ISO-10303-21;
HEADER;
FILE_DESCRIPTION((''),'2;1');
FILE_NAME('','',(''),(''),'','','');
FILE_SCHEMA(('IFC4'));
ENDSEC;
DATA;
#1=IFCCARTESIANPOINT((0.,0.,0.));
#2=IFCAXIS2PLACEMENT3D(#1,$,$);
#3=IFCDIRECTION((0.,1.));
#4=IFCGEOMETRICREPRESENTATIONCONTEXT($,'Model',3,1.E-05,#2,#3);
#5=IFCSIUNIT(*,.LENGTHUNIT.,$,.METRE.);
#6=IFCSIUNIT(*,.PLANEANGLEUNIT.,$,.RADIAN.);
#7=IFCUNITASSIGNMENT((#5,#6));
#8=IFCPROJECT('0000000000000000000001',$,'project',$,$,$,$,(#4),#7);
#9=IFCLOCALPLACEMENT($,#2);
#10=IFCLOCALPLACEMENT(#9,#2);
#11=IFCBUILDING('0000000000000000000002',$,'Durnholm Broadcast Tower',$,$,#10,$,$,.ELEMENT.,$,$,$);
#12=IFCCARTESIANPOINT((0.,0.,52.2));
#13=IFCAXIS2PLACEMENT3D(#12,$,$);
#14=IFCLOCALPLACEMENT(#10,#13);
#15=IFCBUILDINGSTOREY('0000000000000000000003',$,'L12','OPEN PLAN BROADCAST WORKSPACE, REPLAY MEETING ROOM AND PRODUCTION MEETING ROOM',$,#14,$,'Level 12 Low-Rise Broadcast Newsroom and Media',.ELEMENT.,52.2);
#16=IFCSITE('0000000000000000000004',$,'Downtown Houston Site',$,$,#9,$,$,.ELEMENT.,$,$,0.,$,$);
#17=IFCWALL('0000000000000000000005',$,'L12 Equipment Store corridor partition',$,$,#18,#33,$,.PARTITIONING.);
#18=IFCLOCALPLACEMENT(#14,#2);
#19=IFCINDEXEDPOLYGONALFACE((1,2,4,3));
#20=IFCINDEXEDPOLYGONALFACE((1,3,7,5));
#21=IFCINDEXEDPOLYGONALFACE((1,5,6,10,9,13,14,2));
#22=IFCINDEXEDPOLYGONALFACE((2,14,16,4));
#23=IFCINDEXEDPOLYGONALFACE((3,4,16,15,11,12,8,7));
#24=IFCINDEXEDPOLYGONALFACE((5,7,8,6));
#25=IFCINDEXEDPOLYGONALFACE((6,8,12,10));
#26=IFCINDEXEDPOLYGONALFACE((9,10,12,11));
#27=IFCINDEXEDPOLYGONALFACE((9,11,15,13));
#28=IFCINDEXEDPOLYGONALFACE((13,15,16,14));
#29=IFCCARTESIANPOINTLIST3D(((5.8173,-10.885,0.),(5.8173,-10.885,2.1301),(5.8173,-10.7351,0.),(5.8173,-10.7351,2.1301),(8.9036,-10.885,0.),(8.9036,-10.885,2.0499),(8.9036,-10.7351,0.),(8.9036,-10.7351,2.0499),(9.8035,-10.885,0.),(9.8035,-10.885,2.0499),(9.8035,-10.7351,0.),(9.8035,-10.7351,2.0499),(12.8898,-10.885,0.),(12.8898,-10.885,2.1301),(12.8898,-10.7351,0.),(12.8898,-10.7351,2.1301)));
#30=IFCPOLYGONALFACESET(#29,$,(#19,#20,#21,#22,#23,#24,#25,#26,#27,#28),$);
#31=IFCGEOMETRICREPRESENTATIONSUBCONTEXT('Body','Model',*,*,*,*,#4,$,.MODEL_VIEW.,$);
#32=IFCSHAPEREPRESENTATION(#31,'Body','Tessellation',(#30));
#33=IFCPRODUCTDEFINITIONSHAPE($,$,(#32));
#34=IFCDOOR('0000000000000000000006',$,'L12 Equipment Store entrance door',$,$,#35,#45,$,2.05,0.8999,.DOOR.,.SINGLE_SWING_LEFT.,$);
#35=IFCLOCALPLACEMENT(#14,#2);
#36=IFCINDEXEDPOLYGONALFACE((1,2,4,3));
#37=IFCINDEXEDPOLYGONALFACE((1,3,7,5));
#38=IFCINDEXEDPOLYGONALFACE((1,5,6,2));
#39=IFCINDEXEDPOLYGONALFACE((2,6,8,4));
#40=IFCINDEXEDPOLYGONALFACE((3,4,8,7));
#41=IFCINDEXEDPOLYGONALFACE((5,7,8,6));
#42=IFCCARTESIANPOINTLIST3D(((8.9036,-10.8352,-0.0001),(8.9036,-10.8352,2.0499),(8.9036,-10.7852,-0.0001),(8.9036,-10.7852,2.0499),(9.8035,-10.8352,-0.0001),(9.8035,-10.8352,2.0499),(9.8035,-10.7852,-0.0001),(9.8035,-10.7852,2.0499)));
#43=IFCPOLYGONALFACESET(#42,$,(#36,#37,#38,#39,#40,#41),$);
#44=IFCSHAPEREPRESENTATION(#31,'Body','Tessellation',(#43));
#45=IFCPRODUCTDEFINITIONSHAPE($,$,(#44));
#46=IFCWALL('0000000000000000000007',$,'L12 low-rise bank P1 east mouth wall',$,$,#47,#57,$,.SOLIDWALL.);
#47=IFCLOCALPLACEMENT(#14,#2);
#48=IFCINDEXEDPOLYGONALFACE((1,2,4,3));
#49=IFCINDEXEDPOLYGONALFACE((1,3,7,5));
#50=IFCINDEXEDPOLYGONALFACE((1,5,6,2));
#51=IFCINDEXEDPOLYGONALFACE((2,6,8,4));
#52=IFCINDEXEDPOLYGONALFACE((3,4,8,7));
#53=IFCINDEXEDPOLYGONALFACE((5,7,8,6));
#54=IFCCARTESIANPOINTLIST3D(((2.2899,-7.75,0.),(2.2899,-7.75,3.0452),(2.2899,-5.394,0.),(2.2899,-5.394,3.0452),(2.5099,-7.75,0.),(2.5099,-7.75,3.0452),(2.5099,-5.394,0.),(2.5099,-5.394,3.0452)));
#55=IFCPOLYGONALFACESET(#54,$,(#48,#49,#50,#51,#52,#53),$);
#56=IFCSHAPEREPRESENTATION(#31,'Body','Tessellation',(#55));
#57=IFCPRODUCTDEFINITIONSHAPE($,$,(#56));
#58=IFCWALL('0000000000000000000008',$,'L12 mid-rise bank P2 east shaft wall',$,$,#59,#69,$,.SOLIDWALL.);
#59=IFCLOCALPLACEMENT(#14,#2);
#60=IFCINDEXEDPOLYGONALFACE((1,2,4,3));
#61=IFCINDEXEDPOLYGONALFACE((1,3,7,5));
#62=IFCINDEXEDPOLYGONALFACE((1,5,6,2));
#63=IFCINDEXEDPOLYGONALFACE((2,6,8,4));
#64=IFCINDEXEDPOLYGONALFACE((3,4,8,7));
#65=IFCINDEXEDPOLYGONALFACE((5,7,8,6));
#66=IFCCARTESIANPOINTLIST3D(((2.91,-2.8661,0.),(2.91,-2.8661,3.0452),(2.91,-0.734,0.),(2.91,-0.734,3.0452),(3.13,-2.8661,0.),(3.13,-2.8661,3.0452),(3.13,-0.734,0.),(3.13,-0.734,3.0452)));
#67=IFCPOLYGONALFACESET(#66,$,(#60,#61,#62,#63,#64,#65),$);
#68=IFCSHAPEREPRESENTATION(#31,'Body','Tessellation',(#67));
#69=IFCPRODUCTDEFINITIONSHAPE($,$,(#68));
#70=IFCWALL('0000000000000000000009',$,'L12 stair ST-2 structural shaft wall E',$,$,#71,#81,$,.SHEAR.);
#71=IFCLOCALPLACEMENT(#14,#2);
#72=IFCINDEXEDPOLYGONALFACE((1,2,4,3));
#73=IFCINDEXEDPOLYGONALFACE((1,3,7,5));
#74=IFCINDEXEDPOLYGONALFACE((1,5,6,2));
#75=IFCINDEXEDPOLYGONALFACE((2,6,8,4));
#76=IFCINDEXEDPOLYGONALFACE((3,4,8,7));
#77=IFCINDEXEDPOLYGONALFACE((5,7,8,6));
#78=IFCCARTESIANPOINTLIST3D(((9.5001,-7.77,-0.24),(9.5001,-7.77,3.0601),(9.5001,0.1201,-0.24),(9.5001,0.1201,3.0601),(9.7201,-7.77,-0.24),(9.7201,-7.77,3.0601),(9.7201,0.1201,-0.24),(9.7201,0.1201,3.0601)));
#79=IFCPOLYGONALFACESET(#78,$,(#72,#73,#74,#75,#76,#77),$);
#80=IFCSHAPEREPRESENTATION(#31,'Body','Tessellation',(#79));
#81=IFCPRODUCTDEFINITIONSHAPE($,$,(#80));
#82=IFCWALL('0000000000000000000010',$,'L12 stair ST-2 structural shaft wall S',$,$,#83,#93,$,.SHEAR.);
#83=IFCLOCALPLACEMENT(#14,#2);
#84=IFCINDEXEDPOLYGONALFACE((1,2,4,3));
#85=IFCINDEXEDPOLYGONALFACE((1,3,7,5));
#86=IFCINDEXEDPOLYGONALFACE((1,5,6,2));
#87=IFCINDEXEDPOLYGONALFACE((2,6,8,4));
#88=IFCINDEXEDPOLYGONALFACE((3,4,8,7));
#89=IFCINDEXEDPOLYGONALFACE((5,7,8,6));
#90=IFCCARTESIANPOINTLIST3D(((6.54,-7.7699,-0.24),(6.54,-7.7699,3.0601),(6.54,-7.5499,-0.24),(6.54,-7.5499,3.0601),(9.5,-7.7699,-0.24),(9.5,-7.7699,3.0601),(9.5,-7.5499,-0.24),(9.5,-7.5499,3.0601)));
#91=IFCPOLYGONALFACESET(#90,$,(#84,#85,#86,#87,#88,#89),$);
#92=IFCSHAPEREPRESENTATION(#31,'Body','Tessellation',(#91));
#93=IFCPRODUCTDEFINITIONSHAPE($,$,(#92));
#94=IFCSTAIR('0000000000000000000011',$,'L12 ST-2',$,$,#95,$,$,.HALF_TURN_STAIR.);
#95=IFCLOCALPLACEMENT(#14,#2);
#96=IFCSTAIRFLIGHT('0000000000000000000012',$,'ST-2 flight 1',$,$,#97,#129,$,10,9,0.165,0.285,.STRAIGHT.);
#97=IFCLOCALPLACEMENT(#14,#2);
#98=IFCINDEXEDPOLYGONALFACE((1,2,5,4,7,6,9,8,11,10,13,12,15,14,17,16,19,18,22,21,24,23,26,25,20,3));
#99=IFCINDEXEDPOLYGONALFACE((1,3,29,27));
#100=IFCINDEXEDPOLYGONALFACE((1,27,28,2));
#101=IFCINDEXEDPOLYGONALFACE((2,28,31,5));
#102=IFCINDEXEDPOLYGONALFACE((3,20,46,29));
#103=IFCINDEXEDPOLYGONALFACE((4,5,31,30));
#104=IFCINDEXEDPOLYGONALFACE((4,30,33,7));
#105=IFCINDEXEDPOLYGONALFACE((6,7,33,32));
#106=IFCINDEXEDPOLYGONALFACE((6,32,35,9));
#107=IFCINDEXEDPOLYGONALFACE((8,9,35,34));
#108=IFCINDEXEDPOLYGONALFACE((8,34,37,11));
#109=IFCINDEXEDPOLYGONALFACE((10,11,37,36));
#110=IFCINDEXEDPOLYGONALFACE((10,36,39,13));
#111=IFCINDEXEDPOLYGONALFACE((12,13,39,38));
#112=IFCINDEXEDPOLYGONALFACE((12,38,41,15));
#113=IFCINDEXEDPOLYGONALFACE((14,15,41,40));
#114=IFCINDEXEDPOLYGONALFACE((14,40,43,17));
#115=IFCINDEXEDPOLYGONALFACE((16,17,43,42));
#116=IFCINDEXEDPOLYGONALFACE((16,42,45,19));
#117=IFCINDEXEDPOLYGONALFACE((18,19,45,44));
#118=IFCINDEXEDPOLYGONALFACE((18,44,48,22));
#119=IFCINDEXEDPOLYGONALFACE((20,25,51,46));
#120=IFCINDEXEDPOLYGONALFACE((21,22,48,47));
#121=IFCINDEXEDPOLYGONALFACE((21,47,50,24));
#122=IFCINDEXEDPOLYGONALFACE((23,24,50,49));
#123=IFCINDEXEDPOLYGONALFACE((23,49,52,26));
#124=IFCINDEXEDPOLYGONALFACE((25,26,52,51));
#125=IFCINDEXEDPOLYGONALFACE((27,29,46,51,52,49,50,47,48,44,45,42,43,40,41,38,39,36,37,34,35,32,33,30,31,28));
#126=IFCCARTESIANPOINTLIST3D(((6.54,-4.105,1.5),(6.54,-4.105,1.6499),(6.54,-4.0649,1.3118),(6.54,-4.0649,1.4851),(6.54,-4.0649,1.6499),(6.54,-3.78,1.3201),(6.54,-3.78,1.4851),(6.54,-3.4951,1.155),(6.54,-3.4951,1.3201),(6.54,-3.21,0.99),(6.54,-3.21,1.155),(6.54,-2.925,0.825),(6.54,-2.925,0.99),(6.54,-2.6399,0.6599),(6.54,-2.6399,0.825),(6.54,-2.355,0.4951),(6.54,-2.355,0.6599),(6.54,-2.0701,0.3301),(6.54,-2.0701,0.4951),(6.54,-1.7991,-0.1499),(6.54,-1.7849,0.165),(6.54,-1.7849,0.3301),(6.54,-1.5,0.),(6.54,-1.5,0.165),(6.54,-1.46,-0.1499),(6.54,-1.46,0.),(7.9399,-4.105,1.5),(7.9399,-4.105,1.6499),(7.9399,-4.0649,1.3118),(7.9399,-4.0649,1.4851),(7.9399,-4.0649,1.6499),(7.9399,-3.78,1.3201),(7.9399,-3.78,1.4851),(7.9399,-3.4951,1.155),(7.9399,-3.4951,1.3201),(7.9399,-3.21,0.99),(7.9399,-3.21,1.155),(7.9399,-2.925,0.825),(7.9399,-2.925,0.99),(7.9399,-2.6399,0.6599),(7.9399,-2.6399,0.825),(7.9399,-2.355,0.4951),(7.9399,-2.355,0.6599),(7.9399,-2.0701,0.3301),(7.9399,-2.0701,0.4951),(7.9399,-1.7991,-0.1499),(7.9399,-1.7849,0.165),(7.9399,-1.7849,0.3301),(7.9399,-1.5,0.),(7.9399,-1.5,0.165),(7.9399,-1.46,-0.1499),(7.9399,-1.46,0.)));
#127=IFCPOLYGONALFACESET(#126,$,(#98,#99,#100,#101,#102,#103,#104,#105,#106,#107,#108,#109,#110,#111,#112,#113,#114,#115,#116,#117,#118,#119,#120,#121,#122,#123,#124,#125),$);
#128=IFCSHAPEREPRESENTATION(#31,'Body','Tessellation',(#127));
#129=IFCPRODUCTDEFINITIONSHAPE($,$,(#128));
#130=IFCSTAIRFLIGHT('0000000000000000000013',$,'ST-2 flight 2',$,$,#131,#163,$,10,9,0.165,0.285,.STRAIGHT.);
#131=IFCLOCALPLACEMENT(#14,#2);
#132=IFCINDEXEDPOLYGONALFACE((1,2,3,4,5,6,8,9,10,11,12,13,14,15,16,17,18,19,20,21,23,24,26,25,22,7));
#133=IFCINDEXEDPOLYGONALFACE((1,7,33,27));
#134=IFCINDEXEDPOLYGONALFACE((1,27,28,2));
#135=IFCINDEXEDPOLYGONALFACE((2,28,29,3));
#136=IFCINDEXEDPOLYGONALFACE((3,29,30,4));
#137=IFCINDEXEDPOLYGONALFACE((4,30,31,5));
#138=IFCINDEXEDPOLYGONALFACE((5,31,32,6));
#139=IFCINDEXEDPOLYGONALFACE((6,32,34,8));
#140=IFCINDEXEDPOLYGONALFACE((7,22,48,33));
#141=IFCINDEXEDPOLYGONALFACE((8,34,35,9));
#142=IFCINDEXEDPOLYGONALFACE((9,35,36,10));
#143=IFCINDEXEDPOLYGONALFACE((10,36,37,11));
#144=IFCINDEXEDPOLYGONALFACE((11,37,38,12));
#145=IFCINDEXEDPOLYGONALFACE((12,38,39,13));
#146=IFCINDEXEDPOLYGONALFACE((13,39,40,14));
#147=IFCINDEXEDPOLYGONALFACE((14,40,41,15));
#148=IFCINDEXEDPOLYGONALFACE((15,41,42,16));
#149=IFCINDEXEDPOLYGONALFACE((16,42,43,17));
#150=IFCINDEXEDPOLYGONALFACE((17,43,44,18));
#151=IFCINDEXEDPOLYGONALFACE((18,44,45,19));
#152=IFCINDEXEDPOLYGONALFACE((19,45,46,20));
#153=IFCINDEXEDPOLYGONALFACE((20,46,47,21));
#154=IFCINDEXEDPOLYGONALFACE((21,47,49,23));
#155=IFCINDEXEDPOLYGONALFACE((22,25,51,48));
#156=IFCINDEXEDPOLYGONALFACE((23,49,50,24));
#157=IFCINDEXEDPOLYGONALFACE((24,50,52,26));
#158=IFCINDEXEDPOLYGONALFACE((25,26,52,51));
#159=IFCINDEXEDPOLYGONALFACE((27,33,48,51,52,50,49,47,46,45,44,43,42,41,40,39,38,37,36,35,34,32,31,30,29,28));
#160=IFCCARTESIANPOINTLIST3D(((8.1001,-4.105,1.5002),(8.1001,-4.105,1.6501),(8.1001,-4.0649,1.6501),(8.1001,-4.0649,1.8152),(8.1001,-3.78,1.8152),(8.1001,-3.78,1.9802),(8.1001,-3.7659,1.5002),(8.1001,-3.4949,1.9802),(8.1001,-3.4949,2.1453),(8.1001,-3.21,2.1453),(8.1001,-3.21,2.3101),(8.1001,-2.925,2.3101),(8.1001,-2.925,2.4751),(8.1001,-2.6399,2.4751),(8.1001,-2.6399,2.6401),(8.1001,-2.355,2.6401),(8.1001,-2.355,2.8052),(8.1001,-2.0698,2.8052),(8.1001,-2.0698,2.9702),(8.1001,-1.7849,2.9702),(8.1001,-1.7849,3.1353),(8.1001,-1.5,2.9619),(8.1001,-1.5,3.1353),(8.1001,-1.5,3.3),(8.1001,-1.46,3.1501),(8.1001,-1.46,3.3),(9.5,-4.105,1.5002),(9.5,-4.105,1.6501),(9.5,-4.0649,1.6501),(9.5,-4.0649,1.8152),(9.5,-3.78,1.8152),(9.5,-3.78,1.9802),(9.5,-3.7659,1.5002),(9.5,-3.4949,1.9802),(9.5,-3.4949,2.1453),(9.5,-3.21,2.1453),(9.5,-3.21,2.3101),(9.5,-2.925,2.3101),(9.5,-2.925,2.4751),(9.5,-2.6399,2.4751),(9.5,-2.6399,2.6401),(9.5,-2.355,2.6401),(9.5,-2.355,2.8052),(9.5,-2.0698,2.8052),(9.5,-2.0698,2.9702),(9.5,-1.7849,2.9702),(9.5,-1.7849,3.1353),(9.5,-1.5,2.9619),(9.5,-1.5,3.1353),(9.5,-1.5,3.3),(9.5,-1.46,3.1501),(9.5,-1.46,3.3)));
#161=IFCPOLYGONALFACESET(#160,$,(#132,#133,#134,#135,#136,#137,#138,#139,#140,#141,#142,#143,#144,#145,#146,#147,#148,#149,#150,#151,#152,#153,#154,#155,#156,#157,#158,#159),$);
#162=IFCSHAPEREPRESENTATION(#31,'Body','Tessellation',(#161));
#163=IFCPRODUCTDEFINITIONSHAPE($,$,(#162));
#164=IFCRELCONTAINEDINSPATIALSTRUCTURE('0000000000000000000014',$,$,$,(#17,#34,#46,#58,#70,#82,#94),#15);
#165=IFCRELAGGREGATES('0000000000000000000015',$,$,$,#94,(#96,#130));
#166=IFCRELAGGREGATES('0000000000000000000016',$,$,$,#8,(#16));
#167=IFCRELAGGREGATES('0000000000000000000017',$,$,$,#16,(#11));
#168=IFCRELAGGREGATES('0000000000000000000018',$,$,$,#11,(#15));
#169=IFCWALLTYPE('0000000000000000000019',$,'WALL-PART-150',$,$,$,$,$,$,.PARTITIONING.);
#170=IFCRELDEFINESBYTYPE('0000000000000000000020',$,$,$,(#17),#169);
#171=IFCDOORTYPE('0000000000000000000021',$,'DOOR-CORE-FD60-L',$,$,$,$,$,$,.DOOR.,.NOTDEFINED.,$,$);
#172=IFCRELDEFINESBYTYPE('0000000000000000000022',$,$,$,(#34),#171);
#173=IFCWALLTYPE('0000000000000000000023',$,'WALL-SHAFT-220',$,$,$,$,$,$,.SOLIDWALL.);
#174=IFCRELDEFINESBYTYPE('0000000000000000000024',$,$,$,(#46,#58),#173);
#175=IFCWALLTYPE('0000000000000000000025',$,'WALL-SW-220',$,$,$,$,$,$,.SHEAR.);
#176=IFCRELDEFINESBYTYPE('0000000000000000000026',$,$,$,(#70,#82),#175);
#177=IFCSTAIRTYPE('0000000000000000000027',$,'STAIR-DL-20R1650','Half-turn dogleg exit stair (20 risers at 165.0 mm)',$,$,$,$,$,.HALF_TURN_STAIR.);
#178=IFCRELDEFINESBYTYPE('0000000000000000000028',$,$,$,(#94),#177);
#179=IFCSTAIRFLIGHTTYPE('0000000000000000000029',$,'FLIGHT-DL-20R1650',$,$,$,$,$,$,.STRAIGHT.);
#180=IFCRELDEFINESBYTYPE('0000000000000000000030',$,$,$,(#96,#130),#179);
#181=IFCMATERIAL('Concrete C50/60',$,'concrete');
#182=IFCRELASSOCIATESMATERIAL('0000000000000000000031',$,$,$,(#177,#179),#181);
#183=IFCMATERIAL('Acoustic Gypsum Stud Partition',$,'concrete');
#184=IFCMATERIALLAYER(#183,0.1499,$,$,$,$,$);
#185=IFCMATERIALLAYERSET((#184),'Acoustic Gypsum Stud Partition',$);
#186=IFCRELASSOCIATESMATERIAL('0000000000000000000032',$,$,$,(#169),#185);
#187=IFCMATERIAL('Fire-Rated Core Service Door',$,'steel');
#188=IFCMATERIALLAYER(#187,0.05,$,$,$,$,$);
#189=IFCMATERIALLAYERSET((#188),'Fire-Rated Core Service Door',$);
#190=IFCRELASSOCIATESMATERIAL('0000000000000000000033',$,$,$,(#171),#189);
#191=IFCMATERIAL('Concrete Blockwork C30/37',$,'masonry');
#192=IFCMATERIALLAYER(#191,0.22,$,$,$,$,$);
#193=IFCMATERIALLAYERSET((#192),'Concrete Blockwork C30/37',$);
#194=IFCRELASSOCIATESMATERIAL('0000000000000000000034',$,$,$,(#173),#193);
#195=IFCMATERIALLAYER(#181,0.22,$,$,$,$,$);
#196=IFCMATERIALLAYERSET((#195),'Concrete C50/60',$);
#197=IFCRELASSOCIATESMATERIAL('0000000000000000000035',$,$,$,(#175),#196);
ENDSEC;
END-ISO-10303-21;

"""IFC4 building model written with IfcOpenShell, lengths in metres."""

from ifc_helpers import new_model, si_unit, direction, frame, frame_2d, origin, place, context, subcontext, project, spatial, polyline, rectangle, outline, extrude, source, transform, mapped, material, layer, layer_set, type_object, type_shapes, element, fill, aggregate, save


model = new_model("IFC4")

# Units and contexts
model_context = context("Model", 3, precision=1e-05, world=origin(), true_north=direction((0.0, 1.0)))
body_context = subcontext(model_context, "Body", "Model", "MODEL_VIEW")
ifc_project = project(units=[si_unit("LENGTHUNIT", "METRE"), si_unit("PLANEANGLEUNIT", "RADIAN")], contexts=[model_context])

# Site, building, storey
site_placement = place(None, origin())
site = spatial("IfcSite", under=ifc_project, at=site_placement, Name="Downtown Houston Site", CompositionType="ELEMENT", RefElevation=0.0)
building_placement = place(site_placement, origin())
building = spatial("IfcBuilding", under=site, at=building_placement, Name="Durnholm Broadcast Tower", CompositionType="ELEMENT")
storey_placement = place(building_placement, frame((0.0, 0.0, 52.2)))
storey = spatial("IfcBuildingStorey", under=building, at=storey_placement, Name="L12", Description="OPEN PLAN BROADCAST WORKSPACE, REPLAY MEETING ROOM AND PRODUCTION MEETING ROOM", LongName="Level 12 Low-Rise Broadcast Newsroom and Media", CompositionType="ELEMENT", Elevation=52.2)

# Shared definitions
ifc_material_1 = material(Name="Concrete C50/60", Category="concrete")
stair_type = type_object("IfcStairType", Name="STAIR-DL-20R1650", Description="Half-turn dogleg exit stair (20 risers at 165.0 mm)", PredefinedType="HALF_TURN_STAIR", material=ifc_material_1)

# Wall, opening, door
ifc_material_2 = material(Name="Acoustic Gypsum Stud Partition", Category="concrete")
ifc_layer_1 = layer(ifc_material_2, 0.1499)
ifc_layer_set_1 = layer_set([ifc_layer_1], Name="Acoustic Gypsum Stud Partition")
wall_type_1 = type_object("IfcWallType", Name="WALL-PART-150", PredefinedType="PARTITIONING", material=ifc_layer_set_1)
wall_1_placement = place(storey_placement, frame((5.8174, -10.8101, 0.0), z_axis=(0.0, 0.0, 1.0), x_axis=(1.0, 0.0, 0.0)))
wall_1 = element("IfcWall", 1, at=wall_1_placement, inside=storey, type_object=wall_type_1, Name="L12 Equipment Store corridor partition", PredefinedType="PARTITIONING", context=body_context, shape_type="SweptSolid", body=[
    extrude(rectangle(XDim=7.0725, YDim=0.1499, at=frame_2d((3.5361, 0.0))), origin(), (0.0, 0.0, 1.0), 2.1301),
])
opening_1_placement = place(wall_1_placement, frame((3.0862, 0.0, 0.0)))
opening_1 = element("IfcOpeningElement", 2, at=opening_1_placement, cuts=wall_1, PredefinedType="OPENING", context=body_context, shape_type="SweptSolid", body=[
    extrude(rectangle(XDim=0.8999, YDim=2.05, at=frame_2d((0.45, 1.0249))), frame((0.0, 0.085, 0.0), z_axis=(0.0, -1.0, 0.0), x_axis=(1.0, 0.0, 0.0)), (0.0, 0.0, 1.0), 0.1699),
])
ifc_material_3 = material(Name="Fire-Rated Core Service Door", Category="steel")
ifc_layer_2 = layer(ifc_material_3, 0.05)
ifc_layer_set_2 = layer_set([ifc_layer_2], Name="Fire-Rated Core Service Door")
door_type_1 = type_object("IfcDoorType", Name="DOOR-CORE-FD60-L", OperationType="NOTDEFINED", PredefinedType="DOOR", material=ifc_layer_set_2)
shared_shape_1 = source(origin(), body_context, "Body", "SweptSolid", [
    extrude(rectangle(XDim=0.8999, YDim=2.05, at=frame_2d((0.45, 1.0249))), frame((0.0, 0.0249, 0.0), z_axis=(0.0, -1.0, 0.0), x_axis=(1.0, 0.0, 0.0)), (0.0, 0.0, 1.0), 0.05),
])
type_shapes(door_type_1, [shared_shape_1])
door_1_placement = place(opening_1_placement, origin())
door_1 = element("IfcDoor", 3, at=door_1_placement, inside=storey, type_object=door_type_1, Name="L12 Equipment Store entrance door", OperationType="SINGLE_SWING_LEFT", OverallHeight=2.05, OverallWidth=0.8999, PredefinedType="DOOR", context=body_context, shape_type="MappedRepresentation", body=[
    mapped(shared_shape_1, transform((0.0, 0.0, 0.0), x_axis=(1.0, 0.0, 0.0), y_axis=(0.0, 1.0, 0.0), z_axis=(0.0, 0.0, 1.0), scale=1.0)),
])
fill(opening_1, door_1)

# Shared definitions
ifc_material_4 = material(Name="Concrete Blockwork C30/37", Category="masonry")
ifc_layer_3 = layer(ifc_material_4, 0.22)
ifc_layer_set_3 = layer_set([ifc_layer_3], Name="Concrete Blockwork C30/37")
wall_type_2 = type_object("IfcWallType", Name="WALL-SHAFT-220", PredefinedType="SOLIDWALL", material=ifc_layer_set_3)

# Walls
wall_2_placement = place(storey_placement, frame((2.3999, -7.75, 0.0), z_axis=(0.0, 0.0, 1.0), x_axis=(0.0, 1.0, 0.0)))
element("IfcWall", 4, at=wall_2_placement, inside=storey, type_object=wall_type_2, Name="L12 low-rise bank P1 east mouth wall", PredefinedType="SOLIDWALL", context=body_context, shape_type="SweptSolid", body=[
    extrude(rectangle(XDim=2.356, YDim=0.22, at=frame_2d((1.178, 0.0))), origin(), (0.0, 0.0, 1.0), 3.0452),
])
wall_3_placement = place(storey_placement, frame((3.02, -2.866, 0.0), z_axis=(0.0, 0.0, 1.0), x_axis=(0.0, 1.0, 0.0)))
element("IfcWall", 5, at=wall_3_placement, inside=storey, type_object=wall_type_2, Name="L12 mid-rise bank P2 east shaft wall", PredefinedType="SOLIDWALL", context=body_context, shape_type="SweptSolid", body=[
    extrude(rectangle(XDim=2.1321, YDim=0.22, at=frame_2d((1.0659, 0.0))), origin(), (0.0, 0.0, 1.0), 3.0452),
])
ifc_layer_4 = layer(ifc_material_1, 0.22)
ifc_layer_set_4 = layer_set([ifc_layer_4], Name="Concrete C50/60")
wall_type_3 = type_object("IfcWallType", Name="WALL-SW-220", PredefinedType="SHEAR", material=ifc_layer_set_4)
wall_4_placement = place(storey_placement, frame((9.6101, -7.77, -0.24), z_axis=(0.0, 0.0, 1.0), x_axis=(0.0, 1.0, 0.0)))
element("IfcWall", 6, at=wall_4_placement, inside=storey, type_object=wall_type_3, Name="L12 stair ST-2 structural shaft wall E", PredefinedType="SHEAR", context=body_context, shape_type="SweptSolid", body=[
    extrude(rectangle(XDim=7.8901, YDim=0.22, at=frame_2d((3.9451, 0.0))), origin(), (0.0, 0.0, 1.0), 3.3),
])
wall_5_placement = place(storey_placement, frame((6.54, -7.6599, -0.24), z_axis=(0.0, 0.0, 1.0), x_axis=(1.0, 0.0, 0.0)))
element("IfcWall", 7, at=wall_5_placement, inside=storey, type_object=wall_type_3, Name="L12 stair ST-2 structural shaft wall S", PredefinedType="SHEAR", context=body_context, shape_type="SweptSolid", body=[
    extrude(rectangle(XDim=2.96, YDim=0.22, at=frame_2d((1.48, 0.0))), origin(), (0.0, 0.0, 1.0), 3.3),
])

# Stair, stair flights
stair_1_placement = place(storey_placement, origin())
stair_1 = element("IfcStair", 8, at=stair_1_placement, inside=storey, type_object=stair_type, Name="L12 ST-2", PredefinedType="HALF_TURN_STAIR")
stair_flight_type = type_object("IfcStairFlightType", Name="FLIGHT-DL-20R1650", PredefinedType="STRAIGHT", material=ifc_material_1)
stair_flight_1_placement = place(storey_placement, frame((7.24, -1.5, 0.0), z_axis=(0.0, 0.0, 1.0), x_axis=(0.0, -1.0, 0.0)))
stair_flight_1 = element("IfcStairFlight", 9, at=stair_flight_1_placement, type_object=stair_flight_type, Name="ST-2 flight 1", NumberOfRisers=10, NumberOfTreads=9, PredefinedType="STRAIGHT", RiserHeight=0.165, TreadLength=0.285, context=body_context, shape_type="SweptSolid", body=[
    extrude(outline(polyline([(-0.04, -0.1499), (-0.04, 0.0), (0.0, 0.0), (0.0, 0.165), (0.2849, 0.165), (0.2849, 0.3301), (0.5701, 0.3301), (0.5701, 0.4951), (0.855, 0.4951), (0.855, 0.6599), (1.1399, 0.6599), (1.1399, 0.825), (1.425, 0.825), (1.425, 0.99), (1.71, 0.99), (1.71, 1.155), (1.9951, 1.155), (1.9951, 1.3201), (2.28, 1.3201), (2.28, 1.4851), (2.5649, 1.4851), (2.5649, 1.6499), (2.605, 1.6499), (2.605, 1.5), (2.5649, 1.3118), (0.2991, -0.1499), (-0.04, -0.1499)])), frame((0.0, 0.7, 0.0), z_axis=(0.0, -1.0, 0.0), x_axis=(1.0, 0.0, 0.0)), (0.0, 0.0, 1.0), 1.3999),
])
stair_flight_2_placement = place(storey_placement, frame((8.8, -4.0649, 1.6501), z_axis=(0.0, 0.0, 1.0), x_axis=(0.0, 1.0, 0.0)))
stair_flight_2 = element("IfcStairFlight", 10, at=stair_flight_2_placement, type_object=stair_flight_type, Name="ST-2 flight 2", NumberOfRisers=10, NumberOfTreads=9, PredefinedType="STRAIGHT", RiserHeight=0.165, TreadLength=0.285, context=body_context, shape_type="SweptSolid", body=[
    extrude(outline(polyline([(-0.04, -0.1499), (-0.04, 0.0), (0.0, 0.0), (0.0, 0.165), (0.2849, 0.165), (0.2849, 0.3301), (0.5701, 0.3301), (0.5701, 0.4951), (0.855, 0.4951), (0.855, 0.6599), (1.1399, 0.6599), (1.1399, 0.825), (1.425, 0.825), (1.425, 0.99), (1.71, 0.99), (1.71, 1.155), (1.9951, 1.155), (1.9951, 1.3201), (2.28, 1.3201), (2.28, 1.4851), (2.5649, 1.4851), (2.5649, 1.6499), (2.605, 1.6499), (2.605, 1.5), (2.5649, 1.3118), (0.2991, -0.1499), (-0.04, -0.1499)])), frame((0.0, 0.7, 0.0), z_axis=(0.0, -1.0, 0.0), x_axis=(1.0, 0.0, 0.0)), (0.0, 0.0, 1.0), 1.3999),
])
aggregate(stair_1, [stair_flight_1, stair_flight_2])

save(model, "model.ifc")
